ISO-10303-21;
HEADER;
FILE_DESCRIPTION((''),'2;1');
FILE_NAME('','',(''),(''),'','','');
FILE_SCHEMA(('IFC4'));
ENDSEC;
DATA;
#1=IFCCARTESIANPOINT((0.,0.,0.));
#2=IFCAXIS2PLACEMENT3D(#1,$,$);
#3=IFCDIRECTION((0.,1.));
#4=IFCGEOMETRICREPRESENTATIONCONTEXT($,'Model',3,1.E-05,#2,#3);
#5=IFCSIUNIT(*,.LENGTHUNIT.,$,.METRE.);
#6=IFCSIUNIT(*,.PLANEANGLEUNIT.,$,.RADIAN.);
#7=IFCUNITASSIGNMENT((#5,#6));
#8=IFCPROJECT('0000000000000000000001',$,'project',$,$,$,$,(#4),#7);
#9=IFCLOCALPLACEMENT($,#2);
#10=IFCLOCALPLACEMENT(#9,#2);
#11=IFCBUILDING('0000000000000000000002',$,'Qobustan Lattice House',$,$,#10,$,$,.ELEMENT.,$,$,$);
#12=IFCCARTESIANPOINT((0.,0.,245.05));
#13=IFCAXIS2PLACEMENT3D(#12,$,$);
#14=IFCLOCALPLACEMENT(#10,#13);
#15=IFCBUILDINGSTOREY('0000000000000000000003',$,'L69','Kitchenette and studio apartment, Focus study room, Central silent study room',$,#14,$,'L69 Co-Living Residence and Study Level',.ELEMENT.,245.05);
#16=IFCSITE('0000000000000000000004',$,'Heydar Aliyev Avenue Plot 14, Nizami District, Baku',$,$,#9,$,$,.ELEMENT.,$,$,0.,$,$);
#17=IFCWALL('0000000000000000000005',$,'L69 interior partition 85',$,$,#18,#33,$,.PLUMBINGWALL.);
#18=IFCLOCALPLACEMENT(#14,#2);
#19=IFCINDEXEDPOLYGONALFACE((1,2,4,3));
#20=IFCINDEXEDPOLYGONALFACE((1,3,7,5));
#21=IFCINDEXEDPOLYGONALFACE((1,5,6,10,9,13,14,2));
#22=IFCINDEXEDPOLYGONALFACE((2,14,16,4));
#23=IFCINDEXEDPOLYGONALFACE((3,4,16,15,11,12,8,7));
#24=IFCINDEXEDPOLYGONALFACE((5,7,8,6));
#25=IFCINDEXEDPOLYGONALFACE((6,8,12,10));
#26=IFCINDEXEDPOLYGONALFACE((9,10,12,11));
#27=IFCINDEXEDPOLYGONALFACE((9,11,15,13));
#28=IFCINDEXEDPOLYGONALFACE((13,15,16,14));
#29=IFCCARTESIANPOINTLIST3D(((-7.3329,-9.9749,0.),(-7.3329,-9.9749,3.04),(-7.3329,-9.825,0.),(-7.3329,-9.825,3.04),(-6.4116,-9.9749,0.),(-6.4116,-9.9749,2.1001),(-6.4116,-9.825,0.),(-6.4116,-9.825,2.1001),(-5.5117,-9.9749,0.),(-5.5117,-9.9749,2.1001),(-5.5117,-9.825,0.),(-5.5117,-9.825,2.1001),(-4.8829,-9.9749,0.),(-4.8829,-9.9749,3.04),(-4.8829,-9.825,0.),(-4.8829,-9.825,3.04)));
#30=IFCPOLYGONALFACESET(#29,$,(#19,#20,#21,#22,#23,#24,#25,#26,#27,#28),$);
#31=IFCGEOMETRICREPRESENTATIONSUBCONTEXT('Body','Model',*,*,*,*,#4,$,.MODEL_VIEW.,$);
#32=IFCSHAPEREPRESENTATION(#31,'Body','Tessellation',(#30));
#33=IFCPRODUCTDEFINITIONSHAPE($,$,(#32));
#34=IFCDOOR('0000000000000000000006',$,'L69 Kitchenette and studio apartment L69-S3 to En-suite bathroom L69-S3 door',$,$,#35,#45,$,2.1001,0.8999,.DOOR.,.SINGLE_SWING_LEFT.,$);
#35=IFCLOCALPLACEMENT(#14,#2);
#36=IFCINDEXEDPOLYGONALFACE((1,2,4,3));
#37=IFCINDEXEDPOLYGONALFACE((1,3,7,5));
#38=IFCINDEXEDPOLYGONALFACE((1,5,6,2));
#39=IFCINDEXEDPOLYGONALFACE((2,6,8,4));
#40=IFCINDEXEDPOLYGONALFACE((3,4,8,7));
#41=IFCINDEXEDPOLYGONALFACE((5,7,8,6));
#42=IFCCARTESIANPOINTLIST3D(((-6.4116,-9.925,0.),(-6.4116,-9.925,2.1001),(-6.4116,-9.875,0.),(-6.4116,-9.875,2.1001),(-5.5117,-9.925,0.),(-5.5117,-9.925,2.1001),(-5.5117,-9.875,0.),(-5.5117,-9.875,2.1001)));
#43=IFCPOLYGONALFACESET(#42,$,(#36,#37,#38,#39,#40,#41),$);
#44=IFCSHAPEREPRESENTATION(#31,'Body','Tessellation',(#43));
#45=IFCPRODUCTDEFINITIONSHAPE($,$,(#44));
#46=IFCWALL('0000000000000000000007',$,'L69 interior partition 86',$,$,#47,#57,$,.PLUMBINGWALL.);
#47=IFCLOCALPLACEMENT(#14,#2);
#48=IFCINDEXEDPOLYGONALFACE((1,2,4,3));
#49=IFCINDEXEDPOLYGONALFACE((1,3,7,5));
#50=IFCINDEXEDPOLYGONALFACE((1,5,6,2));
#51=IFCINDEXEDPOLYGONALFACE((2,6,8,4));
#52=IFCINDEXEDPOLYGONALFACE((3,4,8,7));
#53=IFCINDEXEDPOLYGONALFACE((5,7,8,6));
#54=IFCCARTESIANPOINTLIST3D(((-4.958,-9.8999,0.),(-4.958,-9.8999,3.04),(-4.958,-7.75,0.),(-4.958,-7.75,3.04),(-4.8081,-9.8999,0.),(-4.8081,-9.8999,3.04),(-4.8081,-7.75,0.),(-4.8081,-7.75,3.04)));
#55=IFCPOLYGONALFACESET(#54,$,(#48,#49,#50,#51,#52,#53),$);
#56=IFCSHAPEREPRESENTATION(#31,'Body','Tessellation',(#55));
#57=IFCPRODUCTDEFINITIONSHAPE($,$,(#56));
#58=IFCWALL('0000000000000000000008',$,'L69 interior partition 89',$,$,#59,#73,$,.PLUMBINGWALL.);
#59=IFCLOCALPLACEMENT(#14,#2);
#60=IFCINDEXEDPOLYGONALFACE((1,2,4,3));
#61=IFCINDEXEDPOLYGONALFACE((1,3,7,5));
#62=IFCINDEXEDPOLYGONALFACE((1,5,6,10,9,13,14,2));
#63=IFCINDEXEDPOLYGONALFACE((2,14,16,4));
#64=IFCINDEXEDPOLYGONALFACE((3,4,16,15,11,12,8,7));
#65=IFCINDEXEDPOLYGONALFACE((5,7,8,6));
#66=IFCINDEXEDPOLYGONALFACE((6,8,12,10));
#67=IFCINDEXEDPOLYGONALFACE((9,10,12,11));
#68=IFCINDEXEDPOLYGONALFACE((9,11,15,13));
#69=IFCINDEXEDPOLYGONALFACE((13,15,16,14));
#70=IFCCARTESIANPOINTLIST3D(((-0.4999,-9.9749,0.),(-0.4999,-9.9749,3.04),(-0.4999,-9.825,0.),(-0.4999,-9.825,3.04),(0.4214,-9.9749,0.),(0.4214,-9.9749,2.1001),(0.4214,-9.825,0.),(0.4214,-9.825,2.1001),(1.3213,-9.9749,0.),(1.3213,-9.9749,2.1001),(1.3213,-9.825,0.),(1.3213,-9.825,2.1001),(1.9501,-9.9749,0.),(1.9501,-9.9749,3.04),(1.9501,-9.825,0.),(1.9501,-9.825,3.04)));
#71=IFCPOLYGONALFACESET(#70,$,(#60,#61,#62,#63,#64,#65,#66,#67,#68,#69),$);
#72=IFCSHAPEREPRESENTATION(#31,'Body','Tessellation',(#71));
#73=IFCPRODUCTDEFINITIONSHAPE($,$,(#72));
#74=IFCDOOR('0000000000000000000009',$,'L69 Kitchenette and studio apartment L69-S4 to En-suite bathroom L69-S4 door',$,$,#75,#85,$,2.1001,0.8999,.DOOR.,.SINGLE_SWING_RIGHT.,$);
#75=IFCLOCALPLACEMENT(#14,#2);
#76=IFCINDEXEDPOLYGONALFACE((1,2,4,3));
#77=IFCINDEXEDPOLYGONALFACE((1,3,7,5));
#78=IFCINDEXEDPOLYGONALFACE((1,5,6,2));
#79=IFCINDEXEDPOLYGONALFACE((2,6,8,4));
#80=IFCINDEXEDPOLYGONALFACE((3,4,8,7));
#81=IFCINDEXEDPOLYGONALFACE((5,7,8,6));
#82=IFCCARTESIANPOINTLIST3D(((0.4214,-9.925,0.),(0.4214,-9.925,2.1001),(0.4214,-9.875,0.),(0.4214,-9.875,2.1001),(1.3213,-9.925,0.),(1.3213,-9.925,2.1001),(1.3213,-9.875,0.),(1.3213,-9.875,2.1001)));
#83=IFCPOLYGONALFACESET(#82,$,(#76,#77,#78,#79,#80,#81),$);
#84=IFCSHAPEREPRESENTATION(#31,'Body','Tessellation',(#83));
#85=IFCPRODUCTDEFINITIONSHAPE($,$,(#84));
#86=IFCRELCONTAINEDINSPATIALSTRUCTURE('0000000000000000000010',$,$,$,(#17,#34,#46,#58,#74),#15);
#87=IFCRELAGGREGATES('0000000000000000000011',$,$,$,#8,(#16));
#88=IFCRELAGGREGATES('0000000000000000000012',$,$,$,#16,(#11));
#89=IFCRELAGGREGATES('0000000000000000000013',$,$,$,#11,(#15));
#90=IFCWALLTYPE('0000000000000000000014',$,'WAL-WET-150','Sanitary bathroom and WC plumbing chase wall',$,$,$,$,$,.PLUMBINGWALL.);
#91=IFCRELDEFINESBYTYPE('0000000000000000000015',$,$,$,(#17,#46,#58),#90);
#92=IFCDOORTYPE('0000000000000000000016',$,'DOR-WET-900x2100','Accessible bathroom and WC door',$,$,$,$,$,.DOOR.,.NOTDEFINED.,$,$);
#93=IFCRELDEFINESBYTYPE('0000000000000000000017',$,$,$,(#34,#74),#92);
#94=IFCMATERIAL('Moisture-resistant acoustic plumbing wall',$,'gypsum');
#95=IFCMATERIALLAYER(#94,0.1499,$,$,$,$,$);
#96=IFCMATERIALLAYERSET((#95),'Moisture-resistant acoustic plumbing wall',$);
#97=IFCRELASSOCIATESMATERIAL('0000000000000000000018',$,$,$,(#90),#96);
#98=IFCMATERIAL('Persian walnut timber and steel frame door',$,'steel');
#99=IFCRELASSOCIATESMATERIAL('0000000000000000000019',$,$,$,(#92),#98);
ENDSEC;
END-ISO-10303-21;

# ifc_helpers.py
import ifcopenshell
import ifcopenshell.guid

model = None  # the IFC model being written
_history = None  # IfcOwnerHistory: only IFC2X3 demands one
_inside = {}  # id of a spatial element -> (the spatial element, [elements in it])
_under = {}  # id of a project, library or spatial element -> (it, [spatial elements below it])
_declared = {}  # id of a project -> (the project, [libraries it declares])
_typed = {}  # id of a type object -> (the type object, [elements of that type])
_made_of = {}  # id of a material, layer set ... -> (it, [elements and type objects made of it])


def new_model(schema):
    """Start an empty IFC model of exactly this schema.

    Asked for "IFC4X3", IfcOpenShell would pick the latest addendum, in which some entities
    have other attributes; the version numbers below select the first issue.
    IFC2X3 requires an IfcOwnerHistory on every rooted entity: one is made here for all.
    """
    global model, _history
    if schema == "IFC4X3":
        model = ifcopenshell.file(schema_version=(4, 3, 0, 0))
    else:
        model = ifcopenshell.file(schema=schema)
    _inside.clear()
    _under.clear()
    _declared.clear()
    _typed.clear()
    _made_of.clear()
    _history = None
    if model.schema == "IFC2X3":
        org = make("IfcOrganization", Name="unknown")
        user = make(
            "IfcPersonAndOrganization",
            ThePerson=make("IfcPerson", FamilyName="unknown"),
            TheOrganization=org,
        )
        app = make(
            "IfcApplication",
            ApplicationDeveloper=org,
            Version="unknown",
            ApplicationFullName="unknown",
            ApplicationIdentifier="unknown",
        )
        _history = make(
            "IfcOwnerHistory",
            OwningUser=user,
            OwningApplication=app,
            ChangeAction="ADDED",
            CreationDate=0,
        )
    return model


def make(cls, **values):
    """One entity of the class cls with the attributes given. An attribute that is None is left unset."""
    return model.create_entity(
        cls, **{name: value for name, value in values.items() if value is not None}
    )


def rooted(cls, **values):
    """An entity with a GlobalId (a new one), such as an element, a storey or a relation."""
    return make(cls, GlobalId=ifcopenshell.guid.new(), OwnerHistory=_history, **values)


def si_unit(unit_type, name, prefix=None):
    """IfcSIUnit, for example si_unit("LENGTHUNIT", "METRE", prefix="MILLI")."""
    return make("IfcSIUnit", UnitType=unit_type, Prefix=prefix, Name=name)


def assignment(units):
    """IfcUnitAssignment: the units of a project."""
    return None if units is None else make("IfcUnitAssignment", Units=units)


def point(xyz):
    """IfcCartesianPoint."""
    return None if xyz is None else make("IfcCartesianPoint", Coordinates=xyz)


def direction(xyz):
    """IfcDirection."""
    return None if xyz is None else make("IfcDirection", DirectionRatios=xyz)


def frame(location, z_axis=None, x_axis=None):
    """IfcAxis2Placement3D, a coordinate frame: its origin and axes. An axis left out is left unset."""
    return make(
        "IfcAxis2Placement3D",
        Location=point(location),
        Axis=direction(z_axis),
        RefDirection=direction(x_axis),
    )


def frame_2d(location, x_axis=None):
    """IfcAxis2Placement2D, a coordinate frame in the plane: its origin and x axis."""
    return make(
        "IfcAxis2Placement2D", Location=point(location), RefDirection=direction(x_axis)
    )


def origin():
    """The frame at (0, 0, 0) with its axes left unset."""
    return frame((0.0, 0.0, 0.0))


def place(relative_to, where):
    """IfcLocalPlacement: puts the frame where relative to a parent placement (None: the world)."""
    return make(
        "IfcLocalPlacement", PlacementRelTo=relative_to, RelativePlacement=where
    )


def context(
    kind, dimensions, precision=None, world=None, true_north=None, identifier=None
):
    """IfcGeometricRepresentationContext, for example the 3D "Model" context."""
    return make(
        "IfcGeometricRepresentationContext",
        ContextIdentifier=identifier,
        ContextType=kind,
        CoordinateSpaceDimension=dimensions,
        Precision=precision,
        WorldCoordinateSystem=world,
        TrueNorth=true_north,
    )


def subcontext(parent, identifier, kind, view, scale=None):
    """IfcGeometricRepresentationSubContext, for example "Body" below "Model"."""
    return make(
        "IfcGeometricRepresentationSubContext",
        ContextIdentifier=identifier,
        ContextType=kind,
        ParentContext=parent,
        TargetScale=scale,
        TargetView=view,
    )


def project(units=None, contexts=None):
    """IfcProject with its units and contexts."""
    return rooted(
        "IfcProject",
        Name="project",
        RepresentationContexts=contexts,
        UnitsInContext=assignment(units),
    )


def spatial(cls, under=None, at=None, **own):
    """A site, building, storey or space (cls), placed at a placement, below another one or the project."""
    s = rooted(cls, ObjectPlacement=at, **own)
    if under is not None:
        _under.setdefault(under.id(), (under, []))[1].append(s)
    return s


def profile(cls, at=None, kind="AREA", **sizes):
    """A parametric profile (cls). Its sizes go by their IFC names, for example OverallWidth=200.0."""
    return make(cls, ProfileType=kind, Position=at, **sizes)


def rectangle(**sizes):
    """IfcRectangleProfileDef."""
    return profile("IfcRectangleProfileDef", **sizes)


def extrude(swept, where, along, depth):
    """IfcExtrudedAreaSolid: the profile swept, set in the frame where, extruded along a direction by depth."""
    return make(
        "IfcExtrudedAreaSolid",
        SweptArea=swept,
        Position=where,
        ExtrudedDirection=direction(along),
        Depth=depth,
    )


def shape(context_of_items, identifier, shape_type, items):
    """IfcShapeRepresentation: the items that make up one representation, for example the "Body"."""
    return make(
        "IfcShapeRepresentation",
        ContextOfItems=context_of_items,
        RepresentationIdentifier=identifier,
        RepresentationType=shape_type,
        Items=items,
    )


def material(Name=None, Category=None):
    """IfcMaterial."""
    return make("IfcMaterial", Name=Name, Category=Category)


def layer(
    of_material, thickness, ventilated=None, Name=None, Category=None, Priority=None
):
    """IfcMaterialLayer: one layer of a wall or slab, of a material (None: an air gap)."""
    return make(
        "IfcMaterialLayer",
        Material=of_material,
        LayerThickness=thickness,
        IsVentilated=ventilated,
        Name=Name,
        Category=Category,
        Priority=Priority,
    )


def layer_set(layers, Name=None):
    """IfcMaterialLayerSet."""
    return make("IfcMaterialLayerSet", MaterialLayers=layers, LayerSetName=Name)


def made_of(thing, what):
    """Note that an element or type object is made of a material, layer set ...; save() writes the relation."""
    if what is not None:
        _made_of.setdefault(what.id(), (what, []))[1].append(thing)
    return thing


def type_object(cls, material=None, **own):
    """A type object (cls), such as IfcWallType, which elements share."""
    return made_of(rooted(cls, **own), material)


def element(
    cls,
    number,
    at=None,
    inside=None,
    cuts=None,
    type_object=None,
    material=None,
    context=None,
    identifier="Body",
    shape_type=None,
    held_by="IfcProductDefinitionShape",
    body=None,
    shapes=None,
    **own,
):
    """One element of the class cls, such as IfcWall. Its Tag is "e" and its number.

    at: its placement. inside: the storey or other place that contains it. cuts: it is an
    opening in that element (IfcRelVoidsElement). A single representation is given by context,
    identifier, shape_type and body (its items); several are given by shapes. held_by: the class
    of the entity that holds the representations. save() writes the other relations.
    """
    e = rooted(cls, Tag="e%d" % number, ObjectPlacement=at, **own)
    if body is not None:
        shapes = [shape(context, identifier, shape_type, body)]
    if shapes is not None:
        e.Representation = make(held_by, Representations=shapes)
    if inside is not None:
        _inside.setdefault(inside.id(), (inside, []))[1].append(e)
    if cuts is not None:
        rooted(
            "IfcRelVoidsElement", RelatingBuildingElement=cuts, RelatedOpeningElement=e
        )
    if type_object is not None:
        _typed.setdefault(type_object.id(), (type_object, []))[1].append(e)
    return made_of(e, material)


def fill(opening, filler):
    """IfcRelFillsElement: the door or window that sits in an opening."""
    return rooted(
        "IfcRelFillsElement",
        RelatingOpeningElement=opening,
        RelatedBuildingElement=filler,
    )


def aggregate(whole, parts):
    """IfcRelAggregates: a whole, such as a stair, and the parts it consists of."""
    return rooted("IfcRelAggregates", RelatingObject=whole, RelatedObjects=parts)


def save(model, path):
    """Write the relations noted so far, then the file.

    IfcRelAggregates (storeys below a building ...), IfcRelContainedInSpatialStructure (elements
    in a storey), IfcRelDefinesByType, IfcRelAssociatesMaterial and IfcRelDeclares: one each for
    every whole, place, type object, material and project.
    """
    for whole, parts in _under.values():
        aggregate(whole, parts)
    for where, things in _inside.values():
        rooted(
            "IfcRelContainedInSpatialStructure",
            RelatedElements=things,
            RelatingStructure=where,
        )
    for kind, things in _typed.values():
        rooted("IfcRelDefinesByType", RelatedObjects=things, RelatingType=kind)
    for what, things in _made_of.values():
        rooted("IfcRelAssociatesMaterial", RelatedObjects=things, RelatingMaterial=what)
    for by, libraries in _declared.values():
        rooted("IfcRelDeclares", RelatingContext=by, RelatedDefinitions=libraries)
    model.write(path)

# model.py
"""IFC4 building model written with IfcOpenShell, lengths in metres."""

from ifc_helpers import new_model, si_unit, direction, frame, frame_2d, origin, place, context, subcontext, project, spatial, rectangle, extrude, material, layer, layer_set, type_object, element, fill, save


model = new_model("IFC4")

# Units and contexts
model_context = context("Model", 3, precision=1e-05, world=origin(), true_north=direction((0.0, 1.0)))
body_context = subcontext(model_context, "Body", "Model", "MODEL_VIEW")
ifc_project = project(units=[si_unit("LENGTHUNIT", "METRE"), si_unit("PLANEANGLEUNIT", "RADIAN")], contexts=[model_context])

# Site, building, storey
site_placement = place(None, origin())
site = spatial("IfcSite", under=ifc_project, at=site_placement, Name="Heydar Aliyev Avenue Plot 14, Nizami District, Baku", CompositionType="ELEMENT", RefElevation=0.0)
building_placement = place(site_placement, origin())
building = spatial("IfcBuilding", under=site, at=building_placement, Name="Qobustan Lattice House", CompositionType="ELEMENT")
storey_placement = place(building_placement, frame((0.0, 0.0, 245.05)))
storey = spatial("IfcBuildingStorey", under=building, at=storey_placement, Name="L69", Description="Kitchenette and studio apartment, Focus study room, Central silent study room", LongName="L69 Co-Living Residence and Study Level", CompositionType="ELEMENT", Elevation=245.05)

# Shared definitions
ifc_material_1 = material(Name="Moisture-resistant acoustic plumbing wall", Category="gypsum")
ifc_layer_1 = layer(ifc_material_1, 0.1499)
ifc_layer_set_1 = layer_set([ifc_layer_1], Name="Moisture-resistant acoustic plumbing wall")
wall_type_1 = type_object("IfcWallType", Name="WAL-WET-150", Description="Sanitary bathroom and WC plumbing chase wall", PredefinedType="PLUMBINGWALL", material=ifc_layer_set_1)
ifc_material_2 = material(Name="Persian walnut timber and steel frame door", Category="steel")
door_type = type_object("IfcDoorType", Name="DOR-WET-900x2100", Description="Accessible bathroom and WC door", OperationType="NOTDEFINED", PredefinedType="DOOR", material=ifc_material_2)

# Wall, opening, door
wall_1_placement = place(storey_placement, frame((-7.333, -9.8999, 0.0), z_axis=(0.0, 0.0, 1.0), x_axis=(1.0, 0.0, 0.0)))
wall_1 = element("IfcWall", 1, at=wall_1_placement, inside=storey, type_object=wall_type_1, Name="L69 interior partition 85", PredefinedType="PLUMBINGWALL", context=body_context, shape_type="SweptSolid", body=[
    extrude(rectangle(XDim=2.45, YDim=0.1499, at=frame_2d((1.2251, 0.0))), origin(), (0.0, 0.0, 1.0), 3.04),
])
opening_1_placement = place(wall_1_placement, frame((0.9214, 0.0, 0.0)))
opening_1 = element("IfcOpeningElement", 2, at=opening_1_placement, cuts=wall_1, PredefinedType="OPENING", context=body_context, shape_type="SweptSolid", body=[
    extrude(rectangle(XDim=0.8999, YDim=2.1001, at=frame_2d((0.45, 1.05))), frame((0.0, 0.085, 0.0), z_axis=(0.0, -1.0, 0.0), x_axis=(1.0, 0.0, 0.0)), (0.0, 0.0, 1.0), 0.1699),
])
door_1_placement = place(opening_1_placement, origin())
door_1 = element("IfcDoor", 3, at=door_1_placement, inside=storey, type_object=door_type, Name="L69 Kitchenette and studio apartment L69-S3 to En-suite bathroom L69-S3 door", OperationType="SINGLE_SWING_LEFT", OverallHeight=2.1001, OverallWidth=0.8999, PredefinedType="DOOR", context=body_context, shape_type="SweptSolid", body=[
    extrude(rectangle(XDim=0.8999, YDim=2.1001, at=frame_2d((0.45, 1.05))), frame((0.0, 0.0249, 0.0), z_axis=(0.0, -1.0, 0.0), x_axis=(1.0, 0.0, 0.0)), (0.0, 0.0, 1.0), 0.05),
])
fill(opening_1, door_1)

# Wall
wall_2_placement = place(storey_placement, frame((-4.8831, -9.8999, 0.0), z_axis=(0.0, 0.0, 1.0), x_axis=(0.0, 1.0, 0.0)))
element("IfcWall", 4, at=wall_2_placement, inside=storey, type_object=wall_type_1, Name="L69 interior partition 86", PredefinedType="PLUMBINGWALL", context=body_context, shape_type="SweptSolid", body=[
    extrude(rectangle(XDim=2.1499, YDim=0.1499, at=frame_2d((1.075, 0.0))), origin(), (0.0, 0.0, 1.0), 3.04),
])

# Wall, opening, door
wall_3_placement = place(storey_placement, frame((-0.5, -9.8999, 0.0), z_axis=(0.0, 0.0, 1.0), x_axis=(1.0, 0.0, 0.0)))
wall_3 = element("IfcWall", 5, at=wall_3_placement, inside=storey, type_object=wall_type_1, Name="L69 interior partition 89", PredefinedType="PLUMBINGWALL", context=body_context, shape_type="SweptSolid", body=[
    extrude(rectangle(XDim=2.45, YDim=0.1499, at=frame_2d((1.2251, 0.0))), origin(), (0.0, 0.0, 1.0), 3.04),
])
opening_2_placement = place(wall_3_placement, frame((0.9214, 0.0, 0.0)))
opening_2 = element("IfcOpeningElement", 6, at=opening_2_placement, cuts=wall_3, PredefinedType="OPENING", context=body_context, shape_type="SweptSolid", body=[
    extrude(rectangle(XDim=0.8999, YDim=2.1001, at=frame_2d((0.45, 1.05))), frame((0.0, 0.085, 0.0), z_axis=(0.0, -1.0, 0.0), x_axis=(1.0, 0.0, 0.0)), (0.0, 0.0, 1.0), 0.1699),
])
door_2_placement = place(opening_2_placement, origin())
door_2 = element("IfcDoor", 7, at=door_2_placement, inside=storey, type_object=door_type, Name="L69 Kitchenette and studio apartment L69-S4 to En-suite bathroom L69-S4 door", OperationType="SINGLE_SWING_RIGHT", OverallHeight=2.1001, OverallWidth=0.8999, PredefinedType="DOOR", context=body_context, shape_type="SweptSolid", body=[
    extrude(rectangle(XDim=0.8999, YDim=2.1001, at=frame_2d((0.45, 1.05))), frame((0.0, 0.0249, 0.0), z_axis=(0.0, -1.0, 0.0), x_axis=(1.0, 0.0, 0.0)), (0.0, 0.0, 1.0), 0.05),
])
fill(opening_2, door_2)

save(model, "model.ifc")
